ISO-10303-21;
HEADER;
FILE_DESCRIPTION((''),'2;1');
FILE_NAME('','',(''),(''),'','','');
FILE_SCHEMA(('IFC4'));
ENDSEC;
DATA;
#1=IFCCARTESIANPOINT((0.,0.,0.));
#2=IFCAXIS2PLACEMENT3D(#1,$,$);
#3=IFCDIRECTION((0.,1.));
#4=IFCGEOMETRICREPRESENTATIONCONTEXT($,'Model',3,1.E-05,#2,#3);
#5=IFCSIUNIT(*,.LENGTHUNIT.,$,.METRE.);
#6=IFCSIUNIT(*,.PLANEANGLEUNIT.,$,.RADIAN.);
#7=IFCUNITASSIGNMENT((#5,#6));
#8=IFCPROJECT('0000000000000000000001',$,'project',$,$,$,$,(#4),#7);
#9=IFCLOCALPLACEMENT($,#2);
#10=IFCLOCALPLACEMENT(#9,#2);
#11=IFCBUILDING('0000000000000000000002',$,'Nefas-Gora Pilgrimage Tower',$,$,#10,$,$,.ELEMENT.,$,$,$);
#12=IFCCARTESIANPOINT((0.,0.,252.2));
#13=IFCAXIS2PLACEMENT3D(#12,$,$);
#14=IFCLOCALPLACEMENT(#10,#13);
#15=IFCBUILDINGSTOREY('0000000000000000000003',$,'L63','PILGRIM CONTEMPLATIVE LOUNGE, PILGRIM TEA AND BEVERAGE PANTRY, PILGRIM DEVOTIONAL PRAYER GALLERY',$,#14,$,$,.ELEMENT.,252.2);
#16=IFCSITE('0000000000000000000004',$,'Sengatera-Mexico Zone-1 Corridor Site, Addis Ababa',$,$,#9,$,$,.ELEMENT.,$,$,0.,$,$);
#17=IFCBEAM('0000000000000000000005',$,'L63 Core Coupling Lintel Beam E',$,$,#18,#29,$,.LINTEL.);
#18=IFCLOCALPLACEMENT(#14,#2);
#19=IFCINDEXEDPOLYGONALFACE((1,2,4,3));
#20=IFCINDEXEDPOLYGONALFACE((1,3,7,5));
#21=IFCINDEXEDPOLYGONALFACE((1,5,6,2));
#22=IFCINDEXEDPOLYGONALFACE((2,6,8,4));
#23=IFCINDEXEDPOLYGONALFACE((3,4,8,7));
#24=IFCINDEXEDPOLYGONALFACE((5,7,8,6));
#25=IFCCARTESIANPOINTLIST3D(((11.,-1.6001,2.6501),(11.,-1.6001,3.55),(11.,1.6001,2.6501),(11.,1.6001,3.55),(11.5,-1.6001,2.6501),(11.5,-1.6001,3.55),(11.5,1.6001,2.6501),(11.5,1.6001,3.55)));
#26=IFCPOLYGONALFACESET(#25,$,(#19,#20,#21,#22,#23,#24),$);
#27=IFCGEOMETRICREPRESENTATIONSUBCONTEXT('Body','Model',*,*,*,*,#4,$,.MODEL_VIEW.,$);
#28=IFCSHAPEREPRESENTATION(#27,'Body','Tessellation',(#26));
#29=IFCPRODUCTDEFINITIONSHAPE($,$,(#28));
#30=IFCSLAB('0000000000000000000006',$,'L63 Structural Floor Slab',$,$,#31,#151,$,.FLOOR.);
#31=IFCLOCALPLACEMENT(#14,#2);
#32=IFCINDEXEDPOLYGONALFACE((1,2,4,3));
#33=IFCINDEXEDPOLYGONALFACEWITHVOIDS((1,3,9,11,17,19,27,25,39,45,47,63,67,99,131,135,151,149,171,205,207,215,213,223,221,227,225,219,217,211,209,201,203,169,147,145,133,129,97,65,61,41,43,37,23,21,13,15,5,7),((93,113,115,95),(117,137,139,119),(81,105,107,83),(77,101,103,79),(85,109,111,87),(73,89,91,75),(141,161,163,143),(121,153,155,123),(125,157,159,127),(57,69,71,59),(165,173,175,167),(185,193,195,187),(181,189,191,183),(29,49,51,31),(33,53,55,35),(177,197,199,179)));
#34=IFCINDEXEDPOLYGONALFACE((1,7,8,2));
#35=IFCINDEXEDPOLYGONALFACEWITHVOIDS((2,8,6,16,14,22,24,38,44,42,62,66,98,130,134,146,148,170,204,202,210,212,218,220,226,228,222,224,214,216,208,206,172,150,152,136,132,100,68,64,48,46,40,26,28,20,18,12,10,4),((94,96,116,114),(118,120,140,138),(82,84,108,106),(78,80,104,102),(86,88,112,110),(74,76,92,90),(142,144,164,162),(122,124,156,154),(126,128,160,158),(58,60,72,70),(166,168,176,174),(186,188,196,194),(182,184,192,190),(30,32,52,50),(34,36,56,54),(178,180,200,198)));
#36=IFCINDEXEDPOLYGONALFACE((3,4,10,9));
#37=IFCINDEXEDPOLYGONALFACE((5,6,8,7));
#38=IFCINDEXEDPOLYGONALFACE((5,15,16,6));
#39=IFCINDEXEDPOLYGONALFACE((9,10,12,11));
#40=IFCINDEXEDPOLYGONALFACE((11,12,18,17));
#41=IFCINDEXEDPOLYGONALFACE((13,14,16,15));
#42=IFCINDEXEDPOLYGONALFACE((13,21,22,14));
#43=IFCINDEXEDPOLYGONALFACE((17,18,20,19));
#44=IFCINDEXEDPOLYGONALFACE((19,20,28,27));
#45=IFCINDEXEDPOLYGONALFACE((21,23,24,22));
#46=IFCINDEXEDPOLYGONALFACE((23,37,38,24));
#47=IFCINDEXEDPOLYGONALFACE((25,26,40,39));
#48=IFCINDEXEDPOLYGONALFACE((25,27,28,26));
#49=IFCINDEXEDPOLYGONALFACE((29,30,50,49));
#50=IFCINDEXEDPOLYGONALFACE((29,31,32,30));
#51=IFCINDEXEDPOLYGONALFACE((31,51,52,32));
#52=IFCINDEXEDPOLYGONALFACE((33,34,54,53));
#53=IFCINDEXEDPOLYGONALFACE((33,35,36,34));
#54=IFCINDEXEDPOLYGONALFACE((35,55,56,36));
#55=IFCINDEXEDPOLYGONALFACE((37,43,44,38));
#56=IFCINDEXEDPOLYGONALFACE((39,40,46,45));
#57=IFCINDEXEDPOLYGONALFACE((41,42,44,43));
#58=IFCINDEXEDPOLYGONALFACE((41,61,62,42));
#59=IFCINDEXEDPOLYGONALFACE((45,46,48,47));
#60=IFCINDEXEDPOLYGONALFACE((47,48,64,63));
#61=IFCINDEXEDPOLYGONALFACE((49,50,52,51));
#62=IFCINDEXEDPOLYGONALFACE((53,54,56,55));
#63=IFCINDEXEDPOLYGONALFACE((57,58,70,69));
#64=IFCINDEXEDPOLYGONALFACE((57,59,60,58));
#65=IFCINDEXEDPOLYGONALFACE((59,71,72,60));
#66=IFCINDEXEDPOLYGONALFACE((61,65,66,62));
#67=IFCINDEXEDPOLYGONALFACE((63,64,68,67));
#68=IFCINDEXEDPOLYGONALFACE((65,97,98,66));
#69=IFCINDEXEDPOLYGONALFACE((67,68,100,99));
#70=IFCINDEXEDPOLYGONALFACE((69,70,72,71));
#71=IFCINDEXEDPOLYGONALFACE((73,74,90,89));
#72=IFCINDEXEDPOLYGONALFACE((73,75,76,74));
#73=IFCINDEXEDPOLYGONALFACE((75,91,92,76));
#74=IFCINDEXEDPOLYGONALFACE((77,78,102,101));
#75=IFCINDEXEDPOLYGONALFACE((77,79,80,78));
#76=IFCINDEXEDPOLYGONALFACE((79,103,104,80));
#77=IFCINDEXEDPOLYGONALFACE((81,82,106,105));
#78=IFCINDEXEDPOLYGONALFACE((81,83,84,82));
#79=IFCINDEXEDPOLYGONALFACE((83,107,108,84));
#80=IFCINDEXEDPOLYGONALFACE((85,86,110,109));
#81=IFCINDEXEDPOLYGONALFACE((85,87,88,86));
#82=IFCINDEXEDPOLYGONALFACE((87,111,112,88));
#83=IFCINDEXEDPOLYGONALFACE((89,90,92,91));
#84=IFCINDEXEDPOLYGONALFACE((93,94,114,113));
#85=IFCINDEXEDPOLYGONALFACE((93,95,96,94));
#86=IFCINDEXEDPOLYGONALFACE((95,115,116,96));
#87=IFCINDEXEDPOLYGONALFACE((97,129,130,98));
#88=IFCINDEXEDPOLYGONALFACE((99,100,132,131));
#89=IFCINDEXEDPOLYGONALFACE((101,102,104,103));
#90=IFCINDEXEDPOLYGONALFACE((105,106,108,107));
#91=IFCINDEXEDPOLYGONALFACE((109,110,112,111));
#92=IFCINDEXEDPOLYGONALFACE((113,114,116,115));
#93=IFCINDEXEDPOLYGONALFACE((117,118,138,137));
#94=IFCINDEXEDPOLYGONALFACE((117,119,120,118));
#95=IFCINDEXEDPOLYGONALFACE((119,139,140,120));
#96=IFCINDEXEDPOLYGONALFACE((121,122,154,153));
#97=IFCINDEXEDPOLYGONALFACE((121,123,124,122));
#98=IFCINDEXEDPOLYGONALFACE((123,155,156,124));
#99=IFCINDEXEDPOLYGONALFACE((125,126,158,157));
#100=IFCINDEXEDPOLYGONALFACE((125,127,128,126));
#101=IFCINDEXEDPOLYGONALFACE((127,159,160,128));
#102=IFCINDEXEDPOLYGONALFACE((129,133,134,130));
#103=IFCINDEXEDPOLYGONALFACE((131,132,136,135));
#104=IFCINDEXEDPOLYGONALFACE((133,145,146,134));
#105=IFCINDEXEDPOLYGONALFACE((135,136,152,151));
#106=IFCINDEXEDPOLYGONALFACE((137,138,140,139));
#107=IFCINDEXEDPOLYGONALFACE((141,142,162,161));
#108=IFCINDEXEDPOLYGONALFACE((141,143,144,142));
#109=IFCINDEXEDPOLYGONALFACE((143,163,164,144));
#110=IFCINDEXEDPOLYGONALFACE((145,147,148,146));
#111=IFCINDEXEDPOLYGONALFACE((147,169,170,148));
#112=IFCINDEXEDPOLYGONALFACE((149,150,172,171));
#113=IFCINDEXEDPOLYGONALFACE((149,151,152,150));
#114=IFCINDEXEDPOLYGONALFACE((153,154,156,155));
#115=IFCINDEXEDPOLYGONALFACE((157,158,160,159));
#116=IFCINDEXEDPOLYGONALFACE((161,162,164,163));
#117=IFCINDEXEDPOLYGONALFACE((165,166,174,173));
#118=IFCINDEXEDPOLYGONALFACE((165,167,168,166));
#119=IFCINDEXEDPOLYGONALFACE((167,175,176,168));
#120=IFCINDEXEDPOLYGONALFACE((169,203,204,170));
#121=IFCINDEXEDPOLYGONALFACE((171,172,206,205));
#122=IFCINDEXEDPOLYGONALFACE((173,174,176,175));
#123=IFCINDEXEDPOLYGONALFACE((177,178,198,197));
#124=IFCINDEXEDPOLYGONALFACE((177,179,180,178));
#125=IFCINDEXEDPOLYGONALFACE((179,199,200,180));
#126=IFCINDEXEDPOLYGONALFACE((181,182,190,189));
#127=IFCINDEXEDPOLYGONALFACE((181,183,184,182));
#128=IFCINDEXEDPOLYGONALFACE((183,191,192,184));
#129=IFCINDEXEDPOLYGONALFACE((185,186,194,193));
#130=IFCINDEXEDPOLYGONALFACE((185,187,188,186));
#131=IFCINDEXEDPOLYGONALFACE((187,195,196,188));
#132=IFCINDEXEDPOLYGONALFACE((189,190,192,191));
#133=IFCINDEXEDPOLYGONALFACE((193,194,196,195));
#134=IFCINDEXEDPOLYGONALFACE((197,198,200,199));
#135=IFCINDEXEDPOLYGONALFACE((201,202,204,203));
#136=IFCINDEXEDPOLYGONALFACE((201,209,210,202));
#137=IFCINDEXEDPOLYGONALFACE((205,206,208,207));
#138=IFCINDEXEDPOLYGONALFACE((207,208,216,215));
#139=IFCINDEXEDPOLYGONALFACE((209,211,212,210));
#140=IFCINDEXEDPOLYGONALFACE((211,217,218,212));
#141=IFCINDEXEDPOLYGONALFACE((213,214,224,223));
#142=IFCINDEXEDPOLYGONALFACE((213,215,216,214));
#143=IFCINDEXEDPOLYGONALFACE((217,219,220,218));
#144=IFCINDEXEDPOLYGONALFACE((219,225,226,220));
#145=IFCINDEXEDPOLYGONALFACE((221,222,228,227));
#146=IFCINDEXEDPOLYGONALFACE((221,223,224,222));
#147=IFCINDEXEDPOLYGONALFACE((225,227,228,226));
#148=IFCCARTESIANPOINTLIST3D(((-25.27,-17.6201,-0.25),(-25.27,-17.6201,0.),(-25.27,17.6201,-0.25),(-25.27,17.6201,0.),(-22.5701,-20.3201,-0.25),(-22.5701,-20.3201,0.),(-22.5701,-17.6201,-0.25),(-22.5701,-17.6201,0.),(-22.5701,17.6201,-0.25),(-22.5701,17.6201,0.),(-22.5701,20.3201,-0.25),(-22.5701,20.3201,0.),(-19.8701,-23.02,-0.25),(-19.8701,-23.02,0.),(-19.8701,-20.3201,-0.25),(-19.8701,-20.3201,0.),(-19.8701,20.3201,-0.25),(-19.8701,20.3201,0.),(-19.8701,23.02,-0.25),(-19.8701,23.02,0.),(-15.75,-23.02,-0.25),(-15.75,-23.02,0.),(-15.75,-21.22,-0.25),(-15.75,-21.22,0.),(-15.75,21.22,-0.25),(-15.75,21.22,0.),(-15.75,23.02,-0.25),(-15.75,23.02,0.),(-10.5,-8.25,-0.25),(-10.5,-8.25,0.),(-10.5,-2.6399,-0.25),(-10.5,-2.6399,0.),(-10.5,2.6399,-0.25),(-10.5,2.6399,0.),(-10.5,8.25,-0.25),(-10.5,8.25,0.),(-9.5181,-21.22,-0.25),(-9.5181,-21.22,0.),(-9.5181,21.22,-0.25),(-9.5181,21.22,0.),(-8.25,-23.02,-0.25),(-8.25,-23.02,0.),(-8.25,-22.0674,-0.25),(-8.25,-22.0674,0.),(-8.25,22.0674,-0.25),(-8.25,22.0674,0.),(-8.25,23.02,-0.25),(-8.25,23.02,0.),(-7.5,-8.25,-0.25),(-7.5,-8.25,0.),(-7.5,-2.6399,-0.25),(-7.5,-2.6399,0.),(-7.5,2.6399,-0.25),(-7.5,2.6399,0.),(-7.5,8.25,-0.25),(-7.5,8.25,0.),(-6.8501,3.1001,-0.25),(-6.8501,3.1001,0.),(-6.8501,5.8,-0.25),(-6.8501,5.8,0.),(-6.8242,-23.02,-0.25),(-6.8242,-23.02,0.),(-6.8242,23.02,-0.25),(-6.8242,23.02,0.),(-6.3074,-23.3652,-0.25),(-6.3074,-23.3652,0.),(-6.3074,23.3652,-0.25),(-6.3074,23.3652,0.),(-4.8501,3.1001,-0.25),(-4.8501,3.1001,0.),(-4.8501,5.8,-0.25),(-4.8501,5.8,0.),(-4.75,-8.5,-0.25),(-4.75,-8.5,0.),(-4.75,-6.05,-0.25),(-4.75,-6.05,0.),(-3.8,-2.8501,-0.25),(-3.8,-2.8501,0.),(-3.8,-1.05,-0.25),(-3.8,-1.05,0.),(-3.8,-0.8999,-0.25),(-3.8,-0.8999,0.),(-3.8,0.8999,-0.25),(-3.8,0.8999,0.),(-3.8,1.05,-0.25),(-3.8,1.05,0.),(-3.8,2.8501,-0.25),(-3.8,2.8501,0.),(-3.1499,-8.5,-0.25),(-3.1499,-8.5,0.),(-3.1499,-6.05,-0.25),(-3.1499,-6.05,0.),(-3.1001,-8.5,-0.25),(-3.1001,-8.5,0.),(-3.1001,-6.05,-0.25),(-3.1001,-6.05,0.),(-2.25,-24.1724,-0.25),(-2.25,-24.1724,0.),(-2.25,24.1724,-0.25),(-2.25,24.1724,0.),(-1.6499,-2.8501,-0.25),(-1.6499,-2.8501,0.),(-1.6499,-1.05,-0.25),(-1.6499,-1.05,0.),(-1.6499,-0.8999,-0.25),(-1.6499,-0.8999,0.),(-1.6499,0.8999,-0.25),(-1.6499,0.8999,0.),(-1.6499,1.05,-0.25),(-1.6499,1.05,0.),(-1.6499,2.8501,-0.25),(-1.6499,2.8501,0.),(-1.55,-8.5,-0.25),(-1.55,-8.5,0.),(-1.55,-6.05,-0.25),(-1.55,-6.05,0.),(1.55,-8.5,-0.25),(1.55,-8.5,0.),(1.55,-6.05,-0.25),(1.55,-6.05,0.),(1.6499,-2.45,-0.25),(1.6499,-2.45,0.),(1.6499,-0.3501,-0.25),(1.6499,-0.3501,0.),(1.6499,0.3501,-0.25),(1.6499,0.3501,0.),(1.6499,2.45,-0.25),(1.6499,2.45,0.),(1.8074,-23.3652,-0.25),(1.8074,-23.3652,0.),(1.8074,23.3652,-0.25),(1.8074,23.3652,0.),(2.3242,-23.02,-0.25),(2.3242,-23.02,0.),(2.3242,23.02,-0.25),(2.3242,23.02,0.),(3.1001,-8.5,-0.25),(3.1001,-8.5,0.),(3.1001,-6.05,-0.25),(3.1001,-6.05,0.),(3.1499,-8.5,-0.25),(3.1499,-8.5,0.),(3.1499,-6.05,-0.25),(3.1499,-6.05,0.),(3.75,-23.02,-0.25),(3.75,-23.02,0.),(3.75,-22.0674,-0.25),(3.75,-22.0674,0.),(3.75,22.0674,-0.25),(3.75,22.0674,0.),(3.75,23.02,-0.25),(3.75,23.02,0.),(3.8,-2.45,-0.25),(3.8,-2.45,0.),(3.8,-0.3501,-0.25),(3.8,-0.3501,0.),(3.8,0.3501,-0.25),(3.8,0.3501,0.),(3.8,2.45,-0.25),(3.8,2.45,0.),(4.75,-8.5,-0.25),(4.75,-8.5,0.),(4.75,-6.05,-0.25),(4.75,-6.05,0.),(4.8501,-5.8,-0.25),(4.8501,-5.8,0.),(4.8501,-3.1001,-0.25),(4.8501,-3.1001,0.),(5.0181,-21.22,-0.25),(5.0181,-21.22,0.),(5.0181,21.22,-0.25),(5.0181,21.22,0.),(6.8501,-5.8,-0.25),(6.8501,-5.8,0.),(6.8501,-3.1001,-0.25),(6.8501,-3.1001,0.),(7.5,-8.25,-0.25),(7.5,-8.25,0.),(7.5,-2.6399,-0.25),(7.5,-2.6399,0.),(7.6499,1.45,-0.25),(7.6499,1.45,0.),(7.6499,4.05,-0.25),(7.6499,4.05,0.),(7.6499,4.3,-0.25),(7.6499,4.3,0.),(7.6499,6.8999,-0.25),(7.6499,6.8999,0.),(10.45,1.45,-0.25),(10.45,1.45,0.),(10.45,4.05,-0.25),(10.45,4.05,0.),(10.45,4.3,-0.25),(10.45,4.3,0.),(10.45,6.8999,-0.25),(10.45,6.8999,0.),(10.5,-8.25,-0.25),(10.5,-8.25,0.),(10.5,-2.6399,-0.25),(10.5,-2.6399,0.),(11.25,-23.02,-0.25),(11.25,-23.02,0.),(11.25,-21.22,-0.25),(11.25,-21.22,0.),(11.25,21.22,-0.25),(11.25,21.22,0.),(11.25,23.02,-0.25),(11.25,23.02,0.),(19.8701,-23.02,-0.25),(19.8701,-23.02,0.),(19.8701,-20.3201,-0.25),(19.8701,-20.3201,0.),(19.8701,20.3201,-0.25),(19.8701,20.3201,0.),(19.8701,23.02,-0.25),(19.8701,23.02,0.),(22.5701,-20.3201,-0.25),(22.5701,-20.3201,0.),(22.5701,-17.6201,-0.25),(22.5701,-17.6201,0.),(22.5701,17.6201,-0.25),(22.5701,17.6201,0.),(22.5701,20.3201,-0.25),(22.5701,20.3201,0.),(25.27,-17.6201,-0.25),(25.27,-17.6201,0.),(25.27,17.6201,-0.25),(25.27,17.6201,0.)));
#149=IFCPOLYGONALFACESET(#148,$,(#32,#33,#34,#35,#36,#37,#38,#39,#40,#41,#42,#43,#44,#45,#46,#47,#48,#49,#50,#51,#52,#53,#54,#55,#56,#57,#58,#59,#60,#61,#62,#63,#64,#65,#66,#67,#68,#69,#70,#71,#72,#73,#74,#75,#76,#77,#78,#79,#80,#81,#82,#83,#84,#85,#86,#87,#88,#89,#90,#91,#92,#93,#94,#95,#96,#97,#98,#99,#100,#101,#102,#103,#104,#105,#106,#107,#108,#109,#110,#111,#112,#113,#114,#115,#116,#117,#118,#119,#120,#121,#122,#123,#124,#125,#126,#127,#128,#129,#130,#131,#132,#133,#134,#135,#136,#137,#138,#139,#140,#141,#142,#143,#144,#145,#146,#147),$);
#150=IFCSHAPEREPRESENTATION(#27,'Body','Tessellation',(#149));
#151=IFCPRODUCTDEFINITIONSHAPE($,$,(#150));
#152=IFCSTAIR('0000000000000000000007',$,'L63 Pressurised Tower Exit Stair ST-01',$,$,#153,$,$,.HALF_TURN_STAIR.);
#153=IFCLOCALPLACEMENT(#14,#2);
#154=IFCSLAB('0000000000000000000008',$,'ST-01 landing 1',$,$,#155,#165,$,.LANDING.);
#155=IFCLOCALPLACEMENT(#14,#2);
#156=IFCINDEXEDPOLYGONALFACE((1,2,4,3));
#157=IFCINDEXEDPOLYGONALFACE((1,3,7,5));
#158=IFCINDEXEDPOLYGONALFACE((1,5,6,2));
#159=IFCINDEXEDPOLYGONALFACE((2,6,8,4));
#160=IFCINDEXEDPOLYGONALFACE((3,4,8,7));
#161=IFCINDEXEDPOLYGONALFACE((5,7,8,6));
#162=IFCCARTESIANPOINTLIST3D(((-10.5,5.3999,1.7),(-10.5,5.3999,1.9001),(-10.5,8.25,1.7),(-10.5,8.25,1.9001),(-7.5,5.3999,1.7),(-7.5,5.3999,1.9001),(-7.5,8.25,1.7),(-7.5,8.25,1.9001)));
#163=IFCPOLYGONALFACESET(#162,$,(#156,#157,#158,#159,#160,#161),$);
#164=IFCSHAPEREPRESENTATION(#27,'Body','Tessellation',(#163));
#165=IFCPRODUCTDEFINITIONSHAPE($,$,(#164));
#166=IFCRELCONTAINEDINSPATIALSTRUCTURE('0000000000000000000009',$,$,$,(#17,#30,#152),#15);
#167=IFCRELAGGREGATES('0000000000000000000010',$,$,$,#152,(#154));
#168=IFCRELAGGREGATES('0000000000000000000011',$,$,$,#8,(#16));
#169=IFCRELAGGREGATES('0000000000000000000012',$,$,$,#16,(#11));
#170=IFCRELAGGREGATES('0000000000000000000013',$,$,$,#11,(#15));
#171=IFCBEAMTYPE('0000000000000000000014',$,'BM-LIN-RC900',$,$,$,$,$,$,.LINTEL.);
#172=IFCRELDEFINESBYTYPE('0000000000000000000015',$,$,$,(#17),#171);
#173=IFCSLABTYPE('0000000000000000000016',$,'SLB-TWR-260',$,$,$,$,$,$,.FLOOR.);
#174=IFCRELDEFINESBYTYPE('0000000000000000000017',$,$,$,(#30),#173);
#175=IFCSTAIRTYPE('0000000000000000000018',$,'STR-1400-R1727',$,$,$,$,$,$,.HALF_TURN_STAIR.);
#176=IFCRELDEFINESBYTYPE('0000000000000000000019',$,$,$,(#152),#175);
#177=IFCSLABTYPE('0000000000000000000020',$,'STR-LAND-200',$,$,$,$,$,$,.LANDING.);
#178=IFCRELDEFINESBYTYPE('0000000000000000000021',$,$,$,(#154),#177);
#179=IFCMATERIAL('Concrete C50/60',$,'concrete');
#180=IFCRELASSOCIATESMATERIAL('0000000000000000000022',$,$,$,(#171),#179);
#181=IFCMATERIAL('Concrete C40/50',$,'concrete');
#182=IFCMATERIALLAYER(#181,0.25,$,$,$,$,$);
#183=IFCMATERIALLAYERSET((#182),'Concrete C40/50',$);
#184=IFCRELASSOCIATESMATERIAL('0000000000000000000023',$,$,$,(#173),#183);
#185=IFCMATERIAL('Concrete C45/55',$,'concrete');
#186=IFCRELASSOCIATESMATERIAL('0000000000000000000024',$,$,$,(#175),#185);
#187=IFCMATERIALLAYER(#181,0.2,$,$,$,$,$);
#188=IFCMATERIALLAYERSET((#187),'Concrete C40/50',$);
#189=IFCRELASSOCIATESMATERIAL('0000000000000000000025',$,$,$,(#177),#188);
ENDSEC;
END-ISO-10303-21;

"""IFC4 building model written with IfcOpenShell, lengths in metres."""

from ifc_helpers import new_model, si_unit, direction, frame, origin, origin_2d, place, context, subcontext, project, spatial, polyline, rectangle, outline, extrude, source, transform, mapped, material, layer, layer_set, material_profile, profile_set, type_object, element, aggregate, save


model = new_model("IFC4")

# Units and contexts
model_context = context("Model", 3, precision=1e-05, world=origin(), true_north=direction((0.0, 1.0)))
body_context = subcontext(model_context, "Body", "Model", "MODEL_VIEW")
ifc_project = project(units=[si_unit("LENGTHUNIT", "METRE"), si_unit("PLANEANGLEUNIT", "RADIAN")], contexts=[model_context])

# Site, building, storey
site_placement = place(None, origin())
site = spatial("IfcSite", under=ifc_project, at=site_placement, Name="Sengatera-Mexico Zone-1 Corridor Site, Addis Ababa", CompositionType="ELEMENT", RefElevation=0.0)
building_placement = place(site_placement, origin())
building = spatial("IfcBuilding", under=site, at=building_placement, Name="Nefas-Gora Pilgrimage Tower", CompositionType="ELEMENT")
storey_placement = place(building_placement, frame((0.0, 0.0, 252.2)))
storey = spatial("IfcBuildingStorey", under=building, at=storey_placement, Name="L63", Description="PILGRIM CONTEMPLATIVE LOUNGE, PILGRIM TEA AND BEVERAGE PANTRY, PILGRIM DEVOTIONAL PRAYER GALLERY", CompositionType="ELEMENT", Elevation=252.2)

# Beam
ifc_material_1 = material(Name="Concrete C50/60", Category="concrete")
ifc_material_profile = material_profile(ifc_material_1, rectangle(XDim=0.5, YDim=0.8999, at=origin_2d()), Name="RC 500x900")
ifc_profile_set = profile_set([ifc_material_profile], Name="Concrete C50/60")
beam_type = type_object("IfcBeamType", Name="BM-LIN-RC900", PredefinedType="LINTEL", material=ifc_profile_set)
shared_shape_1 = source(origin(), body_context, "Body", "SweptSolid", [
    extrude(rectangle(XDim=0.5, YDim=0.8999, at=origin_2d()), origin(), (0.0, 0.0, 1.0), 3.2002),
])
beam_placement = place(storey_placement, frame((11.25, -1.6001, 3.1001), z_axis=(0.0, 1.0, 0.0), x_axis=(-1.0, 0.0, 0.0)))
element("IfcBeam", 1, at=beam_placement, inside=storey, type_object=beam_type, Name="L63 Core Coupling Lintel Beam E", PredefinedType="LINTEL", context=body_context, shape_type="MappedRepresentation", body=[
    mapped(shared_shape_1, transform((0.0, 0.0, 0.0), x_axis=(1.0, 0.0, 0.0), y_axis=(0.0, 1.0, 0.0), z_axis=(0.0, 0.0, 1.0), scale=1.0)),
])

# Slab
ifc_material_2 = material(Name="Concrete C40/50", Category="concrete")
ifc_layer_1 = layer(ifc_material_2, 0.25)
ifc_layer_set_1 = layer_set([ifc_layer_1], Name="Concrete C40/50")
slab_type_1 = type_object("IfcSlabType", Name="SLB-TWR-260", PredefinedType="FLOOR", material=ifc_layer_set_1)
slab_1_placement = place(storey_placement, frame((0.0, 0.0, -0.25)))
element("IfcSlab", 2, at=slab_1_placement, inside=storey, type_object=slab_type_1, Name="L63 Structural Floor Slab", PredefinedType="FLOOR", context=body_context, shape_type="SweptSolid", body=[
    extrude(outline(polyline([(5.0181, -21.22), (11.25, -21.22), (11.25, -23.02), (19.8701, -23.02), (19.8701, -20.3201), (22.5701, -20.3201), (22.5701, -17.6201), (25.27, -17.6201), (25.27, 17.6201), (22.5701, 17.6201), (22.5701, 20.3201), (19.8701, 20.3201), (19.8701, 23.02), (11.25, 23.02), (11.25, 21.22), (5.0181, 21.22), (3.75, 22.0674), (3.75, 23.02), (2.3242, 23.02), (1.8074, 23.3652), (-2.25, 24.1724), (-6.3074, 23.3652), (-6.8242, 23.02), (-8.25, 23.02), (-8.25, 22.0674), (-9.5181, 21.22), (-15.75, 21.22), (-15.75, 23.02), (-19.8701, 23.02), (-19.8701, 20.3201), (-22.5701, 20.3201), (-22.5701, 17.6201), (-25.27, 17.6201), (-25.27, -17.6201), (-22.5701, -17.6201), (-22.5701, -20.3201), (-19.8701, -20.3201), (-19.8701, -23.02), (-15.75, -23.02), (-15.75, -21.22), (-9.5181, -21.22), (-8.25, -22.0674), (-8.25, -23.02), (-6.8242, -23.02), (-6.3074, -23.3652), (-2.25, -24.1724), (1.8074, -23.3652), (2.3242, -23.02), (3.75, -23.02), (3.75, -22.0674), (5.0181, -21.22)]), holes=[polyline([(-10.5, 2.6399), (-10.5, 8.25), (-7.5, 8.25), (-7.5, 2.6399), (-10.5, 2.6399)]), polyline([(10.5, -2.6399), (10.5, -8.25), (7.5, -8.25), (7.5, -2.6399), (10.5, -2.6399)]), polyline([(-7.5, -2.6399), (-7.5, -8.25), (-10.5, -8.25), (-10.5, -2.6399), (-7.5, -2.6399)]), polyline([(-6.8501, 5.8), (-4.8501, 5.8), (-4.8501, 3.1001), (-6.8501, 3.1001), (-6.8501, 5.8)]), polyline([(4.8501, -3.1001), (6.8501, -3.1001), (6.8501, -5.8), (4.8501, -5.8), (4.8501, -3.1001)]), polyline([(7.6499, 4.05), (10.45, 4.05), (10.45, 1.45), (7.6499, 1.45), (7.6499, 4.05)]), polyline([(7.6499, 6.8999), (10.45, 6.8999), (10.45, 4.3), (7.6499, 4.3), (7.6499, 6.8999)]), polyline([(-4.75, -6.05), (-3.1499, -6.05), (-3.1499, -8.5), (-4.75, -8.5), (-4.75, -6.05)]), polyline([(-3.1001, -6.05), (-1.55, -6.05), (-1.55, -8.5), (-3.1001, -8.5), (-3.1001, -6.05)]), polyline([(1.55, -6.05), (3.1001, -6.05), (3.1001, -8.5), (1.55, -8.5), (1.55, -6.05)]), polyline([(3.1499, -6.05), (4.75, -6.05), (4.75, -8.5), (3.1499, -8.5), (3.1499, -6.05)]), polyline([(-3.8, -1.05), (-1.6499, -1.05), (-1.6499, -2.8501), (-3.8, -2.8501), (-3.8, -1.05)]), polyline([(-3.8, 0.8999), (-1.6499, 0.8999), (-1.6499, -0.8999), (-3.8, -0.8999), (-3.8, 0.8999)]), polyline([(-3.8, 2.8501), (-1.6499, 2.8501), (-1.6499, 1.05), (-3.8, 1.05), (-3.8, 2.8501)]), polyline([(1.6499, -0.3501), (3.8, -0.3501), (3.8, -2.45), (1.6499, -2.45), (1.6499, -0.3501)]), polyline([(1.6499, 2.45), (3.8, 2.45), (3.8, 0.3501), (1.6499, 0.3501), (1.6499, 2.45)])]), origin(), (0.0, 0.0, 1.0), 0.25),
])

# Stair, slab
ifc_material_3 = material(Name="Concrete C45/55", Category="concrete")
stair_type = type_object("IfcStairType", Name="STR-1400-R1727", PredefinedType="HALF_TURN_STAIR", material=ifc_material_3)
stair_1_placement = place(storey_placement, origin())
stair_1 = element("IfcStair", 3, at=stair_1_placement, inside=storey, type_object=stair_type, Name="L63 Pressurised Tower Exit Stair ST-01", PredefinedType="HALF_TURN_STAIR")
ifc_layer_2 = layer(ifc_material_2, 0.2)
ifc_layer_set_2 = layer_set([ifc_layer_2], Name="Concrete C40/50")
slab_type_2 = type_object("IfcSlabType", Name="STR-LAND-200", PredefinedType="LANDING", material=ifc_layer_set_2)
slab_2_placement = place(storey_placement, frame((0.0, 0.0, 1.7)))
slab_2 = element("IfcSlab", 4, at=slab_2_placement, type_object=slab_type_2, Name="ST-01 landing 1", PredefinedType="LANDING", context=body_context, shape_type="SweptSolid", body=[
    extrude(outline(polyline([(-7.5, 5.3999), (-7.5, 8.25), (-10.5, 8.25), (-10.5, 5.3999), (-7.5, 5.3999)])), origin(), (0.0, 0.0, 1.0), 0.2002),
])
aggregate(stair_1, [slab_2])

save(model, "model.ifc")
